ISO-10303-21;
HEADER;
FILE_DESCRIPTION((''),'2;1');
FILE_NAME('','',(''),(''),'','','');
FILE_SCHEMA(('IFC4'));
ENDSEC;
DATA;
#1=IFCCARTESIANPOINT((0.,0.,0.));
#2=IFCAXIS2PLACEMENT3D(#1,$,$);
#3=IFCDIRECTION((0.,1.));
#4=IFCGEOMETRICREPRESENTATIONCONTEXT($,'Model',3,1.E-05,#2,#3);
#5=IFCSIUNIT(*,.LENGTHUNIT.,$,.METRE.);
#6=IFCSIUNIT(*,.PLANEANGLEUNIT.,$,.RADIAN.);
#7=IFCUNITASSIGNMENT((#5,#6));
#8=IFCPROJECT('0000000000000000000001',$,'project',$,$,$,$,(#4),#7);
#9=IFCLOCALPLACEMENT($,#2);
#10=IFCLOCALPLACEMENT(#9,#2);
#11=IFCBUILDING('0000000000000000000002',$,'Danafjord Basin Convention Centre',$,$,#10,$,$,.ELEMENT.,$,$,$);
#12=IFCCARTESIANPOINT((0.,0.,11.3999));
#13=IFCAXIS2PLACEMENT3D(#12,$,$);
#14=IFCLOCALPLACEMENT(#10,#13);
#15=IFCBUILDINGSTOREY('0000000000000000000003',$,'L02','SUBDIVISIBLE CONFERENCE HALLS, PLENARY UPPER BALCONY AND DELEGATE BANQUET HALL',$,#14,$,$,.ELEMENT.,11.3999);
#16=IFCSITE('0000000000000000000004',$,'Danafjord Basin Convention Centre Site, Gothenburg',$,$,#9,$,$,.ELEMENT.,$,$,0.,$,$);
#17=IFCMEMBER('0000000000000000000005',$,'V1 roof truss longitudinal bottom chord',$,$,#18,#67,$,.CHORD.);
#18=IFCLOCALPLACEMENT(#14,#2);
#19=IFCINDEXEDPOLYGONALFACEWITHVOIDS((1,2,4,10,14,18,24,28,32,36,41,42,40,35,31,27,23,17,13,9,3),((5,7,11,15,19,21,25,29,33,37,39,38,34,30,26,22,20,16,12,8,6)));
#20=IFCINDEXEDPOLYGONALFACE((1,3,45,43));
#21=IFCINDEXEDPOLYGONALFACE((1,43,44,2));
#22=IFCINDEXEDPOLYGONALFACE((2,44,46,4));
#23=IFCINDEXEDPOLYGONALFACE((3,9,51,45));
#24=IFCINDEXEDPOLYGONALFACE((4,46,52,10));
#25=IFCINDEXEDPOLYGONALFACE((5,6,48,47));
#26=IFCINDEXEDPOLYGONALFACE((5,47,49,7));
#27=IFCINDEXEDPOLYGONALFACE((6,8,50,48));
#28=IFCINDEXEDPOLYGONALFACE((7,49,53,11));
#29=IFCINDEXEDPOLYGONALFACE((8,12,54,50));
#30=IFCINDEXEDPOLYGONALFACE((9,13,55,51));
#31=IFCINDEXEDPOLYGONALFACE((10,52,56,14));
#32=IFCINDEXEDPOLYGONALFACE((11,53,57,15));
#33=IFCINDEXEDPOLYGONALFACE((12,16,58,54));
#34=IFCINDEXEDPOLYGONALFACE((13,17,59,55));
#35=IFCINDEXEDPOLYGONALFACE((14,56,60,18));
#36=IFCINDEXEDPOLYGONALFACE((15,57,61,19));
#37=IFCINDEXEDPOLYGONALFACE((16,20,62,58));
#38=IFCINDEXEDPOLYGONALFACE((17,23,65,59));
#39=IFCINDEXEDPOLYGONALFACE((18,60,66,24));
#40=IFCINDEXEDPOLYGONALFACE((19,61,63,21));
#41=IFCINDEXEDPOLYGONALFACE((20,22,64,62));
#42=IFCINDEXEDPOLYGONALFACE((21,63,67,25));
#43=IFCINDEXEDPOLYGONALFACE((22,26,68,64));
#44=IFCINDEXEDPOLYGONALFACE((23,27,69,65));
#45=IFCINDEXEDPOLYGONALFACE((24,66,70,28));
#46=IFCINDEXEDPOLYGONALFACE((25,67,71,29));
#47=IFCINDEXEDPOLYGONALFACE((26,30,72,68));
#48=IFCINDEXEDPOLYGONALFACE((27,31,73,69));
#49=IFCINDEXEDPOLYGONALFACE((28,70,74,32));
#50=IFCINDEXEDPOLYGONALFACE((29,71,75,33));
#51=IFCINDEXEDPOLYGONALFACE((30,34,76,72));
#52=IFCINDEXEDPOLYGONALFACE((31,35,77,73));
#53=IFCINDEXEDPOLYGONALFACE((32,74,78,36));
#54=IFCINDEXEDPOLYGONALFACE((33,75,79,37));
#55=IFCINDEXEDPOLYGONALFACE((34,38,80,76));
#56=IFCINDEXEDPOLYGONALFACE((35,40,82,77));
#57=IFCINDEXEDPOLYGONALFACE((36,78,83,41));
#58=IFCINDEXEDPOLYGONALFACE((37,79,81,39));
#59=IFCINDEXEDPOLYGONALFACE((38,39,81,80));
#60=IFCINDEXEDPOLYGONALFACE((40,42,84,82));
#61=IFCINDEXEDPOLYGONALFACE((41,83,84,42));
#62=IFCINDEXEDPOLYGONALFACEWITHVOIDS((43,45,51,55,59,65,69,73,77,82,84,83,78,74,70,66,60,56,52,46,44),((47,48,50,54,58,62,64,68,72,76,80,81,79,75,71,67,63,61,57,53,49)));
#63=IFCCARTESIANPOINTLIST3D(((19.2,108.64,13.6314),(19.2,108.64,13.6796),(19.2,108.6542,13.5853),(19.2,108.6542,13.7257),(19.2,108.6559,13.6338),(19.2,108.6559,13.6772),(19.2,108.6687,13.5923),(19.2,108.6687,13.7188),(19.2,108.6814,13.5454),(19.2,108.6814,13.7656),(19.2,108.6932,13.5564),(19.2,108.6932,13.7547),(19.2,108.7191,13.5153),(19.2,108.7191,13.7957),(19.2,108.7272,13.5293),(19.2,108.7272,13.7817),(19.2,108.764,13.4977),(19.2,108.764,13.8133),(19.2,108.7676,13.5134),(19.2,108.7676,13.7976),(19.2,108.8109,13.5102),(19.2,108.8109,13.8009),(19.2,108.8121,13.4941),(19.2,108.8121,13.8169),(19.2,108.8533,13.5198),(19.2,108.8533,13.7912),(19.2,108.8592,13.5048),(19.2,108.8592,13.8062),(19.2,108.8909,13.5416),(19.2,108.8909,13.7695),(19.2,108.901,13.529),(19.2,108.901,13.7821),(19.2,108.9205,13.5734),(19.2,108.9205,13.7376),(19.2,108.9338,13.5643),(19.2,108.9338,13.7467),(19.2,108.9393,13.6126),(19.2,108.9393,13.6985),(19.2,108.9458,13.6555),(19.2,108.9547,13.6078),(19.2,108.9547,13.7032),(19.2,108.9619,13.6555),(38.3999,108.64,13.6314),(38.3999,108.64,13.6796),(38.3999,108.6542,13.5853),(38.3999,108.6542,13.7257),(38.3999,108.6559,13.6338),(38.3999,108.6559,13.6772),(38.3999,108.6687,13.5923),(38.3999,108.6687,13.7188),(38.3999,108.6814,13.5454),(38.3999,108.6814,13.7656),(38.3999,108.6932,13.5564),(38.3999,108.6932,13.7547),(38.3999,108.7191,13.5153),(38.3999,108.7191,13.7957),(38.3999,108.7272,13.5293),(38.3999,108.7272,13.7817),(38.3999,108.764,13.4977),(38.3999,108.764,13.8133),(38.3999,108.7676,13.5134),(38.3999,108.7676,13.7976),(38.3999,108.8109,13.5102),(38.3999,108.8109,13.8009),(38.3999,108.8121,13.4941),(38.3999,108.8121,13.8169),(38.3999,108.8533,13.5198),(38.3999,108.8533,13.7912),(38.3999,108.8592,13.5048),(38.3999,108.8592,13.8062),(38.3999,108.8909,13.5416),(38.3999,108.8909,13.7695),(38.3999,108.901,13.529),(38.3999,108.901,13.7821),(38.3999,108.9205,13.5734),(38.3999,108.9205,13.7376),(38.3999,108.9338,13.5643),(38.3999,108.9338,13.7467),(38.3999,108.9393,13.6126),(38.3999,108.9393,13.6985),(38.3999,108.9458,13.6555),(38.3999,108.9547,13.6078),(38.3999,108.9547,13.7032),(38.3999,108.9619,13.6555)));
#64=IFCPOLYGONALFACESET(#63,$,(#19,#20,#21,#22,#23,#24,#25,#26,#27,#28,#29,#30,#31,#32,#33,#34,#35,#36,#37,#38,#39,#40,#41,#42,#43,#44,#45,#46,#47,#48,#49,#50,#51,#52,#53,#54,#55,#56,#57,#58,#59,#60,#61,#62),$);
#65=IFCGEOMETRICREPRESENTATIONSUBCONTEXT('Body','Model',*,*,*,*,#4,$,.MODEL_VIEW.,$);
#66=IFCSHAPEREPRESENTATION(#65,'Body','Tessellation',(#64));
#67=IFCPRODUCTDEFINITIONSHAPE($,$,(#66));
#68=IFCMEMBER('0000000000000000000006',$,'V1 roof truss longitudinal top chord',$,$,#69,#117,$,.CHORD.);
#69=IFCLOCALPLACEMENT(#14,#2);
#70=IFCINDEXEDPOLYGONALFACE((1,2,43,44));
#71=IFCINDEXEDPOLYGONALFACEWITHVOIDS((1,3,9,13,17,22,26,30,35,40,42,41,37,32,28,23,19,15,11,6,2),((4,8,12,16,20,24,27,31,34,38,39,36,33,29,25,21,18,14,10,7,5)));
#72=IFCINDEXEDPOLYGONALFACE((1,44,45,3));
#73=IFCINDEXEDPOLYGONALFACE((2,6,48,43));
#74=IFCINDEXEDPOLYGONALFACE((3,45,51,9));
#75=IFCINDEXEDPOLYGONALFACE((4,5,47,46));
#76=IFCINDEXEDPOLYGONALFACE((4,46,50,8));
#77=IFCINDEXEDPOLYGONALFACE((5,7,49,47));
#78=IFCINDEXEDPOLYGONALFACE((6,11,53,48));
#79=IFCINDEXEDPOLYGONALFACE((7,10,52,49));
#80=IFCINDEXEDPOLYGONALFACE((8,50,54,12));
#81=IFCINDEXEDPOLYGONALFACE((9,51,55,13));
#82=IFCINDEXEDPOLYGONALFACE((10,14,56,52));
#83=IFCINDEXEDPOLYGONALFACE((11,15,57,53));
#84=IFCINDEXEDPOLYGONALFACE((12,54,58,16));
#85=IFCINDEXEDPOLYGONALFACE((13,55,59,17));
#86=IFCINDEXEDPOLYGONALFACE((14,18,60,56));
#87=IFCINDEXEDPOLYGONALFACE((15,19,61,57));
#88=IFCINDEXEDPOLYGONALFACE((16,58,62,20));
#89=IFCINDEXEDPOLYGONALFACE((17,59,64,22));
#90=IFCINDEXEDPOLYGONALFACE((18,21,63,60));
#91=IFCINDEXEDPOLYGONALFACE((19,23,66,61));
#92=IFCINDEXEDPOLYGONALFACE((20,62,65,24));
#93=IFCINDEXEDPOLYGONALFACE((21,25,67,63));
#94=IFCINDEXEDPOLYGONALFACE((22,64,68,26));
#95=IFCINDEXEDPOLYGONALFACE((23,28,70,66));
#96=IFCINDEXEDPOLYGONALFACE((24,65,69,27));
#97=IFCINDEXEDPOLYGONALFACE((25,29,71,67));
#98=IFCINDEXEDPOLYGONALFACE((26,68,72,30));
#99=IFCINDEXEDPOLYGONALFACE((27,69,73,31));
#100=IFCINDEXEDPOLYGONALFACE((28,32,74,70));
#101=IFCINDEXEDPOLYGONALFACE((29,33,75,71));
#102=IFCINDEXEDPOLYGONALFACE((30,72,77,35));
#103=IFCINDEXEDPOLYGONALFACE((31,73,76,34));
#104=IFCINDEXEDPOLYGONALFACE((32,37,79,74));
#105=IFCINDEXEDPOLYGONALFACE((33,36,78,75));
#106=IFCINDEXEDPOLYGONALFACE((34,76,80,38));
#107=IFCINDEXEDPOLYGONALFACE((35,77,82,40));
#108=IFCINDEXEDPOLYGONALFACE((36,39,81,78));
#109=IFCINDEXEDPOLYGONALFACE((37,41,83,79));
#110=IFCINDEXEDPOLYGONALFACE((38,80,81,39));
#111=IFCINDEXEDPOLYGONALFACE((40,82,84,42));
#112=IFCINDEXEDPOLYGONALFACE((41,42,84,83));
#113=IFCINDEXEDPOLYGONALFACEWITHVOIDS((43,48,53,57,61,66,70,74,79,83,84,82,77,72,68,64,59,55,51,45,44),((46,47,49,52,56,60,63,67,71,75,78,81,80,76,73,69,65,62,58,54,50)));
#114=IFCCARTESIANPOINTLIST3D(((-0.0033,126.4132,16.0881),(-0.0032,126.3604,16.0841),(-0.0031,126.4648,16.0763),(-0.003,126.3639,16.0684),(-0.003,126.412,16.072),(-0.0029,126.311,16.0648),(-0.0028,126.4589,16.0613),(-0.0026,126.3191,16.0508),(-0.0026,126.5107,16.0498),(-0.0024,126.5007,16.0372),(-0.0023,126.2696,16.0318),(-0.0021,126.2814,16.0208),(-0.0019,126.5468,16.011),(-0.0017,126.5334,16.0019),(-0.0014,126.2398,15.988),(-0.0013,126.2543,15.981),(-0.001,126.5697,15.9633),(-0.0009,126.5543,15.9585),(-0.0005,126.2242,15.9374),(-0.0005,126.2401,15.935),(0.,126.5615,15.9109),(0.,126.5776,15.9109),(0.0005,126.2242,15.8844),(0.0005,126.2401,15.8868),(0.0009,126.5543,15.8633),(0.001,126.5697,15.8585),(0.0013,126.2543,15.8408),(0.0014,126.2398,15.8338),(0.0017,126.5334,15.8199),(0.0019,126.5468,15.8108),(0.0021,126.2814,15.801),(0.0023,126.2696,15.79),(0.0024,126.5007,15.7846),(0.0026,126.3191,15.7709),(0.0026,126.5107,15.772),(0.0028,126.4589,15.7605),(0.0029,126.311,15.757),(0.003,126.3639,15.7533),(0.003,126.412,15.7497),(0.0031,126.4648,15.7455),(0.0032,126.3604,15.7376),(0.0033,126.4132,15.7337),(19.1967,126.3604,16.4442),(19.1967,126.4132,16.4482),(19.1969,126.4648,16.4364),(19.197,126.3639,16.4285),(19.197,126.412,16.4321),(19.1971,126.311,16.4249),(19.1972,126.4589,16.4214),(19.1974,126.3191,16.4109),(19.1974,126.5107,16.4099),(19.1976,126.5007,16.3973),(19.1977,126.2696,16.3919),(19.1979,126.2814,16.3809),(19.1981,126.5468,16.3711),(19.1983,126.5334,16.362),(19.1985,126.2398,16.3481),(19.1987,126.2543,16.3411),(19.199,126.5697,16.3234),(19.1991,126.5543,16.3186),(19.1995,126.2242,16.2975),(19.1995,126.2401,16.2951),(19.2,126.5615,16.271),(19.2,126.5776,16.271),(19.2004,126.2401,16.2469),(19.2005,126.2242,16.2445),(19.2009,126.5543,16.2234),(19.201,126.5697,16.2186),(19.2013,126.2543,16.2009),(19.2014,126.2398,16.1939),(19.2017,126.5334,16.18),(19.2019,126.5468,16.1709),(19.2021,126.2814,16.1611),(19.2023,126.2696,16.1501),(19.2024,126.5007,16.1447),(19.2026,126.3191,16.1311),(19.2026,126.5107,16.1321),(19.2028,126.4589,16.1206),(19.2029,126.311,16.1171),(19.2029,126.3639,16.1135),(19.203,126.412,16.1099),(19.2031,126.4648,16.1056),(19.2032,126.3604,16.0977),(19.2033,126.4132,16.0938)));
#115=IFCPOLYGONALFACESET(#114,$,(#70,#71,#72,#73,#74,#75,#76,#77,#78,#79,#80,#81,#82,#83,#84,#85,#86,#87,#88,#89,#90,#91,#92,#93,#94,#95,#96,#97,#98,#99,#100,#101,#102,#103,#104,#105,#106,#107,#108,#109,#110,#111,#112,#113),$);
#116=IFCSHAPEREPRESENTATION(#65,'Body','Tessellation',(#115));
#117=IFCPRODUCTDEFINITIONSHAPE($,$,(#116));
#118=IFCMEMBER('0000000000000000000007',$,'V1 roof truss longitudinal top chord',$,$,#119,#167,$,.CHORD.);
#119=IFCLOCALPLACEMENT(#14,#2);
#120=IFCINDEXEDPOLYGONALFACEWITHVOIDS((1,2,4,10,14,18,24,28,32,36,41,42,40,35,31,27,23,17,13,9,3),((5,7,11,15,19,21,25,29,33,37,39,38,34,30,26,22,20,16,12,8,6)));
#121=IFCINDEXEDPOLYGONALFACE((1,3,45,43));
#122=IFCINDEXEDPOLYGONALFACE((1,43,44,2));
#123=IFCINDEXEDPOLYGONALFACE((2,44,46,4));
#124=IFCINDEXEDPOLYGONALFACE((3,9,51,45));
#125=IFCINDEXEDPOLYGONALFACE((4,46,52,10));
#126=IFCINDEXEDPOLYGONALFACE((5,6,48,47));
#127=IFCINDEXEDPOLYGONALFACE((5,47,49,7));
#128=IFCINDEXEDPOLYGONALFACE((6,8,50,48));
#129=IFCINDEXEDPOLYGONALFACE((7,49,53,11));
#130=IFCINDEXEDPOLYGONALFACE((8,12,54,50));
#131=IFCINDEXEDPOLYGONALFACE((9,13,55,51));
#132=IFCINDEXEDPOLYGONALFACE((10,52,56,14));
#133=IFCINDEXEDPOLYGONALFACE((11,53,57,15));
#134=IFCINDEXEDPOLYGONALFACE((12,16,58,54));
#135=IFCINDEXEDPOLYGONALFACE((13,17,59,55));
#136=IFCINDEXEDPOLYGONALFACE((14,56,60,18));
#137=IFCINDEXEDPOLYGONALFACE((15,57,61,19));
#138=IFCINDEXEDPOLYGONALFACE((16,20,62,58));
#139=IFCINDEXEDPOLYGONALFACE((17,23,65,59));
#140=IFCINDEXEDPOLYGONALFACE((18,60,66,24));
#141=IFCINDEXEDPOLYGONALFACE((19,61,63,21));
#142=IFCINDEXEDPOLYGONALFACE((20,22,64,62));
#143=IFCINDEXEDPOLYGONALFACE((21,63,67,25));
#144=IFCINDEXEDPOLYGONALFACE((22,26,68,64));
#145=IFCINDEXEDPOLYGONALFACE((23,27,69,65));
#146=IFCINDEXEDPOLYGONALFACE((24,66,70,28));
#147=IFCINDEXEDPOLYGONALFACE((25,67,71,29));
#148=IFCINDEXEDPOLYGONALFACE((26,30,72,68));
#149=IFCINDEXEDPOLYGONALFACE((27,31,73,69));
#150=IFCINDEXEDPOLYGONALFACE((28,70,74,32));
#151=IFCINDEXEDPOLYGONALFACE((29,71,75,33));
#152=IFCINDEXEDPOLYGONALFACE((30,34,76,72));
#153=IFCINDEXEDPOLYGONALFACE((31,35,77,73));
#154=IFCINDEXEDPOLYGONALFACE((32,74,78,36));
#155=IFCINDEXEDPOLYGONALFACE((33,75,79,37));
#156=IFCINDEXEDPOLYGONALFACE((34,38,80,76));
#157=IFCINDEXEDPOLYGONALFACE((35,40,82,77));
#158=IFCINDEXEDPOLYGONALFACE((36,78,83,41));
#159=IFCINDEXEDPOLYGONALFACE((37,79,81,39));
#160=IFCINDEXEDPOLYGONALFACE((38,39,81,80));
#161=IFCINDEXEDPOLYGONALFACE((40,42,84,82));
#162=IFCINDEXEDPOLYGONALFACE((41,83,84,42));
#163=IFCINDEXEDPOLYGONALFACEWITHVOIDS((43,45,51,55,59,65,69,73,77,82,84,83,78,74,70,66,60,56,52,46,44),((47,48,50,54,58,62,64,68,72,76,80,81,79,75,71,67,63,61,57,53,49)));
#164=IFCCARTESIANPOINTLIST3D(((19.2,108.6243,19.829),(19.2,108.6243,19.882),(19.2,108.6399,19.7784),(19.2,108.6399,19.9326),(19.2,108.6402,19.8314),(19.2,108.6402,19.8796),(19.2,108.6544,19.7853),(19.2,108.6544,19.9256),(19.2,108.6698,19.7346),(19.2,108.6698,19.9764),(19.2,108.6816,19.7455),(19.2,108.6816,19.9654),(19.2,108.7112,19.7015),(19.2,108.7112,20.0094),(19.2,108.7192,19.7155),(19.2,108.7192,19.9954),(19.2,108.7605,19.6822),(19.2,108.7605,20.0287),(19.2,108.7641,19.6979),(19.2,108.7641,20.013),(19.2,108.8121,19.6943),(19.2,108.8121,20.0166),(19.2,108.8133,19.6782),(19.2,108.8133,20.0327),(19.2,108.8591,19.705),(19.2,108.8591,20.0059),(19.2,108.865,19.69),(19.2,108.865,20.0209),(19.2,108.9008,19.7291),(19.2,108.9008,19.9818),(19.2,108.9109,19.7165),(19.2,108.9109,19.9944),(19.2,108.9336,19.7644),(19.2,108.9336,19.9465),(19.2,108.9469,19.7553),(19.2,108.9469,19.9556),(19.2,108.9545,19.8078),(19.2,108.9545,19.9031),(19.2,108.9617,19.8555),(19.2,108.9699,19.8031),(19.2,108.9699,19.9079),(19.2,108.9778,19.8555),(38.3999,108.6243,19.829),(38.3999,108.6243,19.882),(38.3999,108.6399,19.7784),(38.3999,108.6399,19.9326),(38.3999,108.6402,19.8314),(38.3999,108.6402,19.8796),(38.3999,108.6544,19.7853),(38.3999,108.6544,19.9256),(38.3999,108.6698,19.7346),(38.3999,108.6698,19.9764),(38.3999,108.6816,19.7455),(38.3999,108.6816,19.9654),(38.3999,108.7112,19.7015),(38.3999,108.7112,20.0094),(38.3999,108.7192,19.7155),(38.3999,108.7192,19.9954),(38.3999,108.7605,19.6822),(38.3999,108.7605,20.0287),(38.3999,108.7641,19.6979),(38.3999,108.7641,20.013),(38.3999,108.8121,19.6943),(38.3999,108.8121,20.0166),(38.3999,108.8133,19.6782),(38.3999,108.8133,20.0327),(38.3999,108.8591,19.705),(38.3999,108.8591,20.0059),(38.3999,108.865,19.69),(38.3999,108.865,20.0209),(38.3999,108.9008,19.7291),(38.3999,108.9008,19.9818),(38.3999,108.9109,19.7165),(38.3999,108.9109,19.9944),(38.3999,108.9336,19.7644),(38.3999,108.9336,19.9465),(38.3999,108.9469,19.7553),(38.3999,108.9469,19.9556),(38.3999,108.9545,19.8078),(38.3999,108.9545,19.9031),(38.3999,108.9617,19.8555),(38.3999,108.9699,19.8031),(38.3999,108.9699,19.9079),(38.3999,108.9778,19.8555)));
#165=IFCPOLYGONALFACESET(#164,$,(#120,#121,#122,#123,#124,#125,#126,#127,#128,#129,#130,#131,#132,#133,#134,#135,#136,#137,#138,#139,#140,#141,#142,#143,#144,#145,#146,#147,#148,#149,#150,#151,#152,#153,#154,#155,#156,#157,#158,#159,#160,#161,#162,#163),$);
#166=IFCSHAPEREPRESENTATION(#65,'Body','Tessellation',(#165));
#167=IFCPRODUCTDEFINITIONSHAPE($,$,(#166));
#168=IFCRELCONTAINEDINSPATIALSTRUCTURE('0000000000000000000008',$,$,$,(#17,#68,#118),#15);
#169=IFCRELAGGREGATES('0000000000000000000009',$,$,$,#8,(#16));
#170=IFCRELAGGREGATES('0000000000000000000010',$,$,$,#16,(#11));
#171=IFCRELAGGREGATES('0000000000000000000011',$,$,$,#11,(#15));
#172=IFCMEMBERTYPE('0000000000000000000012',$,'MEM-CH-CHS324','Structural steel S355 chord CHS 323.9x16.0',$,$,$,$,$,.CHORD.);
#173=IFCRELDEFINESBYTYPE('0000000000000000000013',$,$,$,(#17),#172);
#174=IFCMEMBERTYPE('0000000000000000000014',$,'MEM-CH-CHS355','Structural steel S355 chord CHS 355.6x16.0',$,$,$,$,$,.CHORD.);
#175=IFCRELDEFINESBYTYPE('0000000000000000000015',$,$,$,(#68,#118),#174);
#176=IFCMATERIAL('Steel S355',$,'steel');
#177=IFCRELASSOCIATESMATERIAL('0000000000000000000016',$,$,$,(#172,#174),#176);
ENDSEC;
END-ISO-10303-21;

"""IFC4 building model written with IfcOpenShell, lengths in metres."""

from ifc_helpers import new_model, si_unit, direction, frame, origin, origin_2d, place, context, subcontext, project, spatial, hollow_circle, extrude, material, material_profile, profile_set, type_object, element, save


model = new_model("IFC4")

# Units and contexts
model_context = context("Model", 3, precision=1e-05, world=origin(), true_north=direction((0.0, 1.0)))
body_context = subcontext(model_context, "Body", "Model", "MODEL_VIEW")
ifc_project = project(units=[si_unit("LENGTHUNIT", "METRE"), si_unit("PLANEANGLEUNIT", "RADIAN")], contexts=[model_context])

# Site, building, storey
site_placement = place(None, origin())
site = spatial("IfcSite", under=ifc_project, at=site_placement, Name="Danafjord Basin Convention Centre Site, Gothenburg", CompositionType="ELEMENT", RefElevation=0.0)
building_placement = place(site_placement, origin())
building = spatial("IfcBuilding", under=site, at=building_placement, Name="Danafjord Basin Convention Centre", CompositionType="ELEMENT")
storey_placement = place(building_placement, frame((0.0, 0.0, 11.3999)))
storey = spatial("IfcBuildingStorey", under=building, at=storey_placement, Name="L02", Description="SUBDIVISIBLE CONFERENCE HALLS, PLENARY UPPER BALCONY AND DELEGATE BANQUET HALL", CompositionType="ELEMENT", Elevation=11.3999)

# Shared definitions
ifc_material_1 = material(Name="Steel S355", Category="steel")

# Members
ifc_material_profile_1 = material_profile(ifc_material_1, hollow_circle(Radius=0.1619, WallThickness=0.0161, at=origin_2d()), Name="CHS 323.9x16.0")
ifc_profile_set_1 = profile_set([ifc_material_profile_1], Name="Steel S355")
member_type_1 = type_object("IfcMemberType", Name="MEM-CH-CHS324", Description="Structural steel S355 chord CHS 323.9x16.0", PredefinedType="CHORD", material=ifc_profile_set_1)
member_1_placement = place(storey_placement, frame((19.2, 108.8, 13.6555), z_axis=(1.0, 0.0, 0.0), x_axis=(0.0, 1.0, 0.0)))
element("IfcMember", 1, at=member_1_placement, inside=storey, type_object=member_type_1, Name="V1 roof truss longitudinal bottom chord", PredefinedType="CHORD", context=body_context, shape_type="SweptSolid", body=[
    extrude(hollow_circle(Radius=0.1619, WallThickness=0.0161, at=origin_2d()), origin(), (0.0, 0.0, 1.0), 19.2),
])
ifc_material_profile_2 = material_profile(ifc_material_1, hollow_circle(Radius=0.1777, WallThickness=0.0161, at=origin_2d()), Name="CHS 355.6x16.0")
ifc_profile_set_2 = profile_set([ifc_material_profile_2], Name="Steel S355")
member_type_2 = type_object("IfcMemberType", Name="MEM-CH-CHS355", Description="Structural steel S355 chord CHS 355.6x16.0", PredefinedType="CHORD", material=ifc_profile_set_2)
member_2_placement = place(storey_placement, frame((0.0, 126.3999, 15.9109), z_axis=(0.999824, 0.0, 0.018752), x_axis=(0.0, 1.0, 0.0)))
element("IfcMember", 2, at=member_2_placement, inside=storey, type_object=member_type_2, Name="V1 roof truss longitudinal top chord", PredefinedType="CHORD", context=body_context, shape_type="SweptSolid", body=[
    extrude(hollow_circle(Radius=0.1777, WallThickness=0.0161, at=origin_2d()), origin(), (0.0, 0.0, 1.0), 19.2034),
])
member_3_placement = place(storey_placement, frame((19.2, 108.8, 19.8555), z_axis=(1.0, 0.0, 0.0), x_axis=(0.0, 1.0, 0.0)))
element("IfcMember", 3, at=member_3_placement, inside=storey, type_object=member_type_2, Name="V1 roof truss longitudinal top chord", PredefinedType="CHORD", context=body_context, shape_type="SweptSolid", body=[
    extrude(hollow_circle(Radius=0.1777, WallThickness=0.0161, at=origin_2d()), origin(), (0.0, 0.0, 1.0), 19.2),
])

save(model, "model.ifc")
